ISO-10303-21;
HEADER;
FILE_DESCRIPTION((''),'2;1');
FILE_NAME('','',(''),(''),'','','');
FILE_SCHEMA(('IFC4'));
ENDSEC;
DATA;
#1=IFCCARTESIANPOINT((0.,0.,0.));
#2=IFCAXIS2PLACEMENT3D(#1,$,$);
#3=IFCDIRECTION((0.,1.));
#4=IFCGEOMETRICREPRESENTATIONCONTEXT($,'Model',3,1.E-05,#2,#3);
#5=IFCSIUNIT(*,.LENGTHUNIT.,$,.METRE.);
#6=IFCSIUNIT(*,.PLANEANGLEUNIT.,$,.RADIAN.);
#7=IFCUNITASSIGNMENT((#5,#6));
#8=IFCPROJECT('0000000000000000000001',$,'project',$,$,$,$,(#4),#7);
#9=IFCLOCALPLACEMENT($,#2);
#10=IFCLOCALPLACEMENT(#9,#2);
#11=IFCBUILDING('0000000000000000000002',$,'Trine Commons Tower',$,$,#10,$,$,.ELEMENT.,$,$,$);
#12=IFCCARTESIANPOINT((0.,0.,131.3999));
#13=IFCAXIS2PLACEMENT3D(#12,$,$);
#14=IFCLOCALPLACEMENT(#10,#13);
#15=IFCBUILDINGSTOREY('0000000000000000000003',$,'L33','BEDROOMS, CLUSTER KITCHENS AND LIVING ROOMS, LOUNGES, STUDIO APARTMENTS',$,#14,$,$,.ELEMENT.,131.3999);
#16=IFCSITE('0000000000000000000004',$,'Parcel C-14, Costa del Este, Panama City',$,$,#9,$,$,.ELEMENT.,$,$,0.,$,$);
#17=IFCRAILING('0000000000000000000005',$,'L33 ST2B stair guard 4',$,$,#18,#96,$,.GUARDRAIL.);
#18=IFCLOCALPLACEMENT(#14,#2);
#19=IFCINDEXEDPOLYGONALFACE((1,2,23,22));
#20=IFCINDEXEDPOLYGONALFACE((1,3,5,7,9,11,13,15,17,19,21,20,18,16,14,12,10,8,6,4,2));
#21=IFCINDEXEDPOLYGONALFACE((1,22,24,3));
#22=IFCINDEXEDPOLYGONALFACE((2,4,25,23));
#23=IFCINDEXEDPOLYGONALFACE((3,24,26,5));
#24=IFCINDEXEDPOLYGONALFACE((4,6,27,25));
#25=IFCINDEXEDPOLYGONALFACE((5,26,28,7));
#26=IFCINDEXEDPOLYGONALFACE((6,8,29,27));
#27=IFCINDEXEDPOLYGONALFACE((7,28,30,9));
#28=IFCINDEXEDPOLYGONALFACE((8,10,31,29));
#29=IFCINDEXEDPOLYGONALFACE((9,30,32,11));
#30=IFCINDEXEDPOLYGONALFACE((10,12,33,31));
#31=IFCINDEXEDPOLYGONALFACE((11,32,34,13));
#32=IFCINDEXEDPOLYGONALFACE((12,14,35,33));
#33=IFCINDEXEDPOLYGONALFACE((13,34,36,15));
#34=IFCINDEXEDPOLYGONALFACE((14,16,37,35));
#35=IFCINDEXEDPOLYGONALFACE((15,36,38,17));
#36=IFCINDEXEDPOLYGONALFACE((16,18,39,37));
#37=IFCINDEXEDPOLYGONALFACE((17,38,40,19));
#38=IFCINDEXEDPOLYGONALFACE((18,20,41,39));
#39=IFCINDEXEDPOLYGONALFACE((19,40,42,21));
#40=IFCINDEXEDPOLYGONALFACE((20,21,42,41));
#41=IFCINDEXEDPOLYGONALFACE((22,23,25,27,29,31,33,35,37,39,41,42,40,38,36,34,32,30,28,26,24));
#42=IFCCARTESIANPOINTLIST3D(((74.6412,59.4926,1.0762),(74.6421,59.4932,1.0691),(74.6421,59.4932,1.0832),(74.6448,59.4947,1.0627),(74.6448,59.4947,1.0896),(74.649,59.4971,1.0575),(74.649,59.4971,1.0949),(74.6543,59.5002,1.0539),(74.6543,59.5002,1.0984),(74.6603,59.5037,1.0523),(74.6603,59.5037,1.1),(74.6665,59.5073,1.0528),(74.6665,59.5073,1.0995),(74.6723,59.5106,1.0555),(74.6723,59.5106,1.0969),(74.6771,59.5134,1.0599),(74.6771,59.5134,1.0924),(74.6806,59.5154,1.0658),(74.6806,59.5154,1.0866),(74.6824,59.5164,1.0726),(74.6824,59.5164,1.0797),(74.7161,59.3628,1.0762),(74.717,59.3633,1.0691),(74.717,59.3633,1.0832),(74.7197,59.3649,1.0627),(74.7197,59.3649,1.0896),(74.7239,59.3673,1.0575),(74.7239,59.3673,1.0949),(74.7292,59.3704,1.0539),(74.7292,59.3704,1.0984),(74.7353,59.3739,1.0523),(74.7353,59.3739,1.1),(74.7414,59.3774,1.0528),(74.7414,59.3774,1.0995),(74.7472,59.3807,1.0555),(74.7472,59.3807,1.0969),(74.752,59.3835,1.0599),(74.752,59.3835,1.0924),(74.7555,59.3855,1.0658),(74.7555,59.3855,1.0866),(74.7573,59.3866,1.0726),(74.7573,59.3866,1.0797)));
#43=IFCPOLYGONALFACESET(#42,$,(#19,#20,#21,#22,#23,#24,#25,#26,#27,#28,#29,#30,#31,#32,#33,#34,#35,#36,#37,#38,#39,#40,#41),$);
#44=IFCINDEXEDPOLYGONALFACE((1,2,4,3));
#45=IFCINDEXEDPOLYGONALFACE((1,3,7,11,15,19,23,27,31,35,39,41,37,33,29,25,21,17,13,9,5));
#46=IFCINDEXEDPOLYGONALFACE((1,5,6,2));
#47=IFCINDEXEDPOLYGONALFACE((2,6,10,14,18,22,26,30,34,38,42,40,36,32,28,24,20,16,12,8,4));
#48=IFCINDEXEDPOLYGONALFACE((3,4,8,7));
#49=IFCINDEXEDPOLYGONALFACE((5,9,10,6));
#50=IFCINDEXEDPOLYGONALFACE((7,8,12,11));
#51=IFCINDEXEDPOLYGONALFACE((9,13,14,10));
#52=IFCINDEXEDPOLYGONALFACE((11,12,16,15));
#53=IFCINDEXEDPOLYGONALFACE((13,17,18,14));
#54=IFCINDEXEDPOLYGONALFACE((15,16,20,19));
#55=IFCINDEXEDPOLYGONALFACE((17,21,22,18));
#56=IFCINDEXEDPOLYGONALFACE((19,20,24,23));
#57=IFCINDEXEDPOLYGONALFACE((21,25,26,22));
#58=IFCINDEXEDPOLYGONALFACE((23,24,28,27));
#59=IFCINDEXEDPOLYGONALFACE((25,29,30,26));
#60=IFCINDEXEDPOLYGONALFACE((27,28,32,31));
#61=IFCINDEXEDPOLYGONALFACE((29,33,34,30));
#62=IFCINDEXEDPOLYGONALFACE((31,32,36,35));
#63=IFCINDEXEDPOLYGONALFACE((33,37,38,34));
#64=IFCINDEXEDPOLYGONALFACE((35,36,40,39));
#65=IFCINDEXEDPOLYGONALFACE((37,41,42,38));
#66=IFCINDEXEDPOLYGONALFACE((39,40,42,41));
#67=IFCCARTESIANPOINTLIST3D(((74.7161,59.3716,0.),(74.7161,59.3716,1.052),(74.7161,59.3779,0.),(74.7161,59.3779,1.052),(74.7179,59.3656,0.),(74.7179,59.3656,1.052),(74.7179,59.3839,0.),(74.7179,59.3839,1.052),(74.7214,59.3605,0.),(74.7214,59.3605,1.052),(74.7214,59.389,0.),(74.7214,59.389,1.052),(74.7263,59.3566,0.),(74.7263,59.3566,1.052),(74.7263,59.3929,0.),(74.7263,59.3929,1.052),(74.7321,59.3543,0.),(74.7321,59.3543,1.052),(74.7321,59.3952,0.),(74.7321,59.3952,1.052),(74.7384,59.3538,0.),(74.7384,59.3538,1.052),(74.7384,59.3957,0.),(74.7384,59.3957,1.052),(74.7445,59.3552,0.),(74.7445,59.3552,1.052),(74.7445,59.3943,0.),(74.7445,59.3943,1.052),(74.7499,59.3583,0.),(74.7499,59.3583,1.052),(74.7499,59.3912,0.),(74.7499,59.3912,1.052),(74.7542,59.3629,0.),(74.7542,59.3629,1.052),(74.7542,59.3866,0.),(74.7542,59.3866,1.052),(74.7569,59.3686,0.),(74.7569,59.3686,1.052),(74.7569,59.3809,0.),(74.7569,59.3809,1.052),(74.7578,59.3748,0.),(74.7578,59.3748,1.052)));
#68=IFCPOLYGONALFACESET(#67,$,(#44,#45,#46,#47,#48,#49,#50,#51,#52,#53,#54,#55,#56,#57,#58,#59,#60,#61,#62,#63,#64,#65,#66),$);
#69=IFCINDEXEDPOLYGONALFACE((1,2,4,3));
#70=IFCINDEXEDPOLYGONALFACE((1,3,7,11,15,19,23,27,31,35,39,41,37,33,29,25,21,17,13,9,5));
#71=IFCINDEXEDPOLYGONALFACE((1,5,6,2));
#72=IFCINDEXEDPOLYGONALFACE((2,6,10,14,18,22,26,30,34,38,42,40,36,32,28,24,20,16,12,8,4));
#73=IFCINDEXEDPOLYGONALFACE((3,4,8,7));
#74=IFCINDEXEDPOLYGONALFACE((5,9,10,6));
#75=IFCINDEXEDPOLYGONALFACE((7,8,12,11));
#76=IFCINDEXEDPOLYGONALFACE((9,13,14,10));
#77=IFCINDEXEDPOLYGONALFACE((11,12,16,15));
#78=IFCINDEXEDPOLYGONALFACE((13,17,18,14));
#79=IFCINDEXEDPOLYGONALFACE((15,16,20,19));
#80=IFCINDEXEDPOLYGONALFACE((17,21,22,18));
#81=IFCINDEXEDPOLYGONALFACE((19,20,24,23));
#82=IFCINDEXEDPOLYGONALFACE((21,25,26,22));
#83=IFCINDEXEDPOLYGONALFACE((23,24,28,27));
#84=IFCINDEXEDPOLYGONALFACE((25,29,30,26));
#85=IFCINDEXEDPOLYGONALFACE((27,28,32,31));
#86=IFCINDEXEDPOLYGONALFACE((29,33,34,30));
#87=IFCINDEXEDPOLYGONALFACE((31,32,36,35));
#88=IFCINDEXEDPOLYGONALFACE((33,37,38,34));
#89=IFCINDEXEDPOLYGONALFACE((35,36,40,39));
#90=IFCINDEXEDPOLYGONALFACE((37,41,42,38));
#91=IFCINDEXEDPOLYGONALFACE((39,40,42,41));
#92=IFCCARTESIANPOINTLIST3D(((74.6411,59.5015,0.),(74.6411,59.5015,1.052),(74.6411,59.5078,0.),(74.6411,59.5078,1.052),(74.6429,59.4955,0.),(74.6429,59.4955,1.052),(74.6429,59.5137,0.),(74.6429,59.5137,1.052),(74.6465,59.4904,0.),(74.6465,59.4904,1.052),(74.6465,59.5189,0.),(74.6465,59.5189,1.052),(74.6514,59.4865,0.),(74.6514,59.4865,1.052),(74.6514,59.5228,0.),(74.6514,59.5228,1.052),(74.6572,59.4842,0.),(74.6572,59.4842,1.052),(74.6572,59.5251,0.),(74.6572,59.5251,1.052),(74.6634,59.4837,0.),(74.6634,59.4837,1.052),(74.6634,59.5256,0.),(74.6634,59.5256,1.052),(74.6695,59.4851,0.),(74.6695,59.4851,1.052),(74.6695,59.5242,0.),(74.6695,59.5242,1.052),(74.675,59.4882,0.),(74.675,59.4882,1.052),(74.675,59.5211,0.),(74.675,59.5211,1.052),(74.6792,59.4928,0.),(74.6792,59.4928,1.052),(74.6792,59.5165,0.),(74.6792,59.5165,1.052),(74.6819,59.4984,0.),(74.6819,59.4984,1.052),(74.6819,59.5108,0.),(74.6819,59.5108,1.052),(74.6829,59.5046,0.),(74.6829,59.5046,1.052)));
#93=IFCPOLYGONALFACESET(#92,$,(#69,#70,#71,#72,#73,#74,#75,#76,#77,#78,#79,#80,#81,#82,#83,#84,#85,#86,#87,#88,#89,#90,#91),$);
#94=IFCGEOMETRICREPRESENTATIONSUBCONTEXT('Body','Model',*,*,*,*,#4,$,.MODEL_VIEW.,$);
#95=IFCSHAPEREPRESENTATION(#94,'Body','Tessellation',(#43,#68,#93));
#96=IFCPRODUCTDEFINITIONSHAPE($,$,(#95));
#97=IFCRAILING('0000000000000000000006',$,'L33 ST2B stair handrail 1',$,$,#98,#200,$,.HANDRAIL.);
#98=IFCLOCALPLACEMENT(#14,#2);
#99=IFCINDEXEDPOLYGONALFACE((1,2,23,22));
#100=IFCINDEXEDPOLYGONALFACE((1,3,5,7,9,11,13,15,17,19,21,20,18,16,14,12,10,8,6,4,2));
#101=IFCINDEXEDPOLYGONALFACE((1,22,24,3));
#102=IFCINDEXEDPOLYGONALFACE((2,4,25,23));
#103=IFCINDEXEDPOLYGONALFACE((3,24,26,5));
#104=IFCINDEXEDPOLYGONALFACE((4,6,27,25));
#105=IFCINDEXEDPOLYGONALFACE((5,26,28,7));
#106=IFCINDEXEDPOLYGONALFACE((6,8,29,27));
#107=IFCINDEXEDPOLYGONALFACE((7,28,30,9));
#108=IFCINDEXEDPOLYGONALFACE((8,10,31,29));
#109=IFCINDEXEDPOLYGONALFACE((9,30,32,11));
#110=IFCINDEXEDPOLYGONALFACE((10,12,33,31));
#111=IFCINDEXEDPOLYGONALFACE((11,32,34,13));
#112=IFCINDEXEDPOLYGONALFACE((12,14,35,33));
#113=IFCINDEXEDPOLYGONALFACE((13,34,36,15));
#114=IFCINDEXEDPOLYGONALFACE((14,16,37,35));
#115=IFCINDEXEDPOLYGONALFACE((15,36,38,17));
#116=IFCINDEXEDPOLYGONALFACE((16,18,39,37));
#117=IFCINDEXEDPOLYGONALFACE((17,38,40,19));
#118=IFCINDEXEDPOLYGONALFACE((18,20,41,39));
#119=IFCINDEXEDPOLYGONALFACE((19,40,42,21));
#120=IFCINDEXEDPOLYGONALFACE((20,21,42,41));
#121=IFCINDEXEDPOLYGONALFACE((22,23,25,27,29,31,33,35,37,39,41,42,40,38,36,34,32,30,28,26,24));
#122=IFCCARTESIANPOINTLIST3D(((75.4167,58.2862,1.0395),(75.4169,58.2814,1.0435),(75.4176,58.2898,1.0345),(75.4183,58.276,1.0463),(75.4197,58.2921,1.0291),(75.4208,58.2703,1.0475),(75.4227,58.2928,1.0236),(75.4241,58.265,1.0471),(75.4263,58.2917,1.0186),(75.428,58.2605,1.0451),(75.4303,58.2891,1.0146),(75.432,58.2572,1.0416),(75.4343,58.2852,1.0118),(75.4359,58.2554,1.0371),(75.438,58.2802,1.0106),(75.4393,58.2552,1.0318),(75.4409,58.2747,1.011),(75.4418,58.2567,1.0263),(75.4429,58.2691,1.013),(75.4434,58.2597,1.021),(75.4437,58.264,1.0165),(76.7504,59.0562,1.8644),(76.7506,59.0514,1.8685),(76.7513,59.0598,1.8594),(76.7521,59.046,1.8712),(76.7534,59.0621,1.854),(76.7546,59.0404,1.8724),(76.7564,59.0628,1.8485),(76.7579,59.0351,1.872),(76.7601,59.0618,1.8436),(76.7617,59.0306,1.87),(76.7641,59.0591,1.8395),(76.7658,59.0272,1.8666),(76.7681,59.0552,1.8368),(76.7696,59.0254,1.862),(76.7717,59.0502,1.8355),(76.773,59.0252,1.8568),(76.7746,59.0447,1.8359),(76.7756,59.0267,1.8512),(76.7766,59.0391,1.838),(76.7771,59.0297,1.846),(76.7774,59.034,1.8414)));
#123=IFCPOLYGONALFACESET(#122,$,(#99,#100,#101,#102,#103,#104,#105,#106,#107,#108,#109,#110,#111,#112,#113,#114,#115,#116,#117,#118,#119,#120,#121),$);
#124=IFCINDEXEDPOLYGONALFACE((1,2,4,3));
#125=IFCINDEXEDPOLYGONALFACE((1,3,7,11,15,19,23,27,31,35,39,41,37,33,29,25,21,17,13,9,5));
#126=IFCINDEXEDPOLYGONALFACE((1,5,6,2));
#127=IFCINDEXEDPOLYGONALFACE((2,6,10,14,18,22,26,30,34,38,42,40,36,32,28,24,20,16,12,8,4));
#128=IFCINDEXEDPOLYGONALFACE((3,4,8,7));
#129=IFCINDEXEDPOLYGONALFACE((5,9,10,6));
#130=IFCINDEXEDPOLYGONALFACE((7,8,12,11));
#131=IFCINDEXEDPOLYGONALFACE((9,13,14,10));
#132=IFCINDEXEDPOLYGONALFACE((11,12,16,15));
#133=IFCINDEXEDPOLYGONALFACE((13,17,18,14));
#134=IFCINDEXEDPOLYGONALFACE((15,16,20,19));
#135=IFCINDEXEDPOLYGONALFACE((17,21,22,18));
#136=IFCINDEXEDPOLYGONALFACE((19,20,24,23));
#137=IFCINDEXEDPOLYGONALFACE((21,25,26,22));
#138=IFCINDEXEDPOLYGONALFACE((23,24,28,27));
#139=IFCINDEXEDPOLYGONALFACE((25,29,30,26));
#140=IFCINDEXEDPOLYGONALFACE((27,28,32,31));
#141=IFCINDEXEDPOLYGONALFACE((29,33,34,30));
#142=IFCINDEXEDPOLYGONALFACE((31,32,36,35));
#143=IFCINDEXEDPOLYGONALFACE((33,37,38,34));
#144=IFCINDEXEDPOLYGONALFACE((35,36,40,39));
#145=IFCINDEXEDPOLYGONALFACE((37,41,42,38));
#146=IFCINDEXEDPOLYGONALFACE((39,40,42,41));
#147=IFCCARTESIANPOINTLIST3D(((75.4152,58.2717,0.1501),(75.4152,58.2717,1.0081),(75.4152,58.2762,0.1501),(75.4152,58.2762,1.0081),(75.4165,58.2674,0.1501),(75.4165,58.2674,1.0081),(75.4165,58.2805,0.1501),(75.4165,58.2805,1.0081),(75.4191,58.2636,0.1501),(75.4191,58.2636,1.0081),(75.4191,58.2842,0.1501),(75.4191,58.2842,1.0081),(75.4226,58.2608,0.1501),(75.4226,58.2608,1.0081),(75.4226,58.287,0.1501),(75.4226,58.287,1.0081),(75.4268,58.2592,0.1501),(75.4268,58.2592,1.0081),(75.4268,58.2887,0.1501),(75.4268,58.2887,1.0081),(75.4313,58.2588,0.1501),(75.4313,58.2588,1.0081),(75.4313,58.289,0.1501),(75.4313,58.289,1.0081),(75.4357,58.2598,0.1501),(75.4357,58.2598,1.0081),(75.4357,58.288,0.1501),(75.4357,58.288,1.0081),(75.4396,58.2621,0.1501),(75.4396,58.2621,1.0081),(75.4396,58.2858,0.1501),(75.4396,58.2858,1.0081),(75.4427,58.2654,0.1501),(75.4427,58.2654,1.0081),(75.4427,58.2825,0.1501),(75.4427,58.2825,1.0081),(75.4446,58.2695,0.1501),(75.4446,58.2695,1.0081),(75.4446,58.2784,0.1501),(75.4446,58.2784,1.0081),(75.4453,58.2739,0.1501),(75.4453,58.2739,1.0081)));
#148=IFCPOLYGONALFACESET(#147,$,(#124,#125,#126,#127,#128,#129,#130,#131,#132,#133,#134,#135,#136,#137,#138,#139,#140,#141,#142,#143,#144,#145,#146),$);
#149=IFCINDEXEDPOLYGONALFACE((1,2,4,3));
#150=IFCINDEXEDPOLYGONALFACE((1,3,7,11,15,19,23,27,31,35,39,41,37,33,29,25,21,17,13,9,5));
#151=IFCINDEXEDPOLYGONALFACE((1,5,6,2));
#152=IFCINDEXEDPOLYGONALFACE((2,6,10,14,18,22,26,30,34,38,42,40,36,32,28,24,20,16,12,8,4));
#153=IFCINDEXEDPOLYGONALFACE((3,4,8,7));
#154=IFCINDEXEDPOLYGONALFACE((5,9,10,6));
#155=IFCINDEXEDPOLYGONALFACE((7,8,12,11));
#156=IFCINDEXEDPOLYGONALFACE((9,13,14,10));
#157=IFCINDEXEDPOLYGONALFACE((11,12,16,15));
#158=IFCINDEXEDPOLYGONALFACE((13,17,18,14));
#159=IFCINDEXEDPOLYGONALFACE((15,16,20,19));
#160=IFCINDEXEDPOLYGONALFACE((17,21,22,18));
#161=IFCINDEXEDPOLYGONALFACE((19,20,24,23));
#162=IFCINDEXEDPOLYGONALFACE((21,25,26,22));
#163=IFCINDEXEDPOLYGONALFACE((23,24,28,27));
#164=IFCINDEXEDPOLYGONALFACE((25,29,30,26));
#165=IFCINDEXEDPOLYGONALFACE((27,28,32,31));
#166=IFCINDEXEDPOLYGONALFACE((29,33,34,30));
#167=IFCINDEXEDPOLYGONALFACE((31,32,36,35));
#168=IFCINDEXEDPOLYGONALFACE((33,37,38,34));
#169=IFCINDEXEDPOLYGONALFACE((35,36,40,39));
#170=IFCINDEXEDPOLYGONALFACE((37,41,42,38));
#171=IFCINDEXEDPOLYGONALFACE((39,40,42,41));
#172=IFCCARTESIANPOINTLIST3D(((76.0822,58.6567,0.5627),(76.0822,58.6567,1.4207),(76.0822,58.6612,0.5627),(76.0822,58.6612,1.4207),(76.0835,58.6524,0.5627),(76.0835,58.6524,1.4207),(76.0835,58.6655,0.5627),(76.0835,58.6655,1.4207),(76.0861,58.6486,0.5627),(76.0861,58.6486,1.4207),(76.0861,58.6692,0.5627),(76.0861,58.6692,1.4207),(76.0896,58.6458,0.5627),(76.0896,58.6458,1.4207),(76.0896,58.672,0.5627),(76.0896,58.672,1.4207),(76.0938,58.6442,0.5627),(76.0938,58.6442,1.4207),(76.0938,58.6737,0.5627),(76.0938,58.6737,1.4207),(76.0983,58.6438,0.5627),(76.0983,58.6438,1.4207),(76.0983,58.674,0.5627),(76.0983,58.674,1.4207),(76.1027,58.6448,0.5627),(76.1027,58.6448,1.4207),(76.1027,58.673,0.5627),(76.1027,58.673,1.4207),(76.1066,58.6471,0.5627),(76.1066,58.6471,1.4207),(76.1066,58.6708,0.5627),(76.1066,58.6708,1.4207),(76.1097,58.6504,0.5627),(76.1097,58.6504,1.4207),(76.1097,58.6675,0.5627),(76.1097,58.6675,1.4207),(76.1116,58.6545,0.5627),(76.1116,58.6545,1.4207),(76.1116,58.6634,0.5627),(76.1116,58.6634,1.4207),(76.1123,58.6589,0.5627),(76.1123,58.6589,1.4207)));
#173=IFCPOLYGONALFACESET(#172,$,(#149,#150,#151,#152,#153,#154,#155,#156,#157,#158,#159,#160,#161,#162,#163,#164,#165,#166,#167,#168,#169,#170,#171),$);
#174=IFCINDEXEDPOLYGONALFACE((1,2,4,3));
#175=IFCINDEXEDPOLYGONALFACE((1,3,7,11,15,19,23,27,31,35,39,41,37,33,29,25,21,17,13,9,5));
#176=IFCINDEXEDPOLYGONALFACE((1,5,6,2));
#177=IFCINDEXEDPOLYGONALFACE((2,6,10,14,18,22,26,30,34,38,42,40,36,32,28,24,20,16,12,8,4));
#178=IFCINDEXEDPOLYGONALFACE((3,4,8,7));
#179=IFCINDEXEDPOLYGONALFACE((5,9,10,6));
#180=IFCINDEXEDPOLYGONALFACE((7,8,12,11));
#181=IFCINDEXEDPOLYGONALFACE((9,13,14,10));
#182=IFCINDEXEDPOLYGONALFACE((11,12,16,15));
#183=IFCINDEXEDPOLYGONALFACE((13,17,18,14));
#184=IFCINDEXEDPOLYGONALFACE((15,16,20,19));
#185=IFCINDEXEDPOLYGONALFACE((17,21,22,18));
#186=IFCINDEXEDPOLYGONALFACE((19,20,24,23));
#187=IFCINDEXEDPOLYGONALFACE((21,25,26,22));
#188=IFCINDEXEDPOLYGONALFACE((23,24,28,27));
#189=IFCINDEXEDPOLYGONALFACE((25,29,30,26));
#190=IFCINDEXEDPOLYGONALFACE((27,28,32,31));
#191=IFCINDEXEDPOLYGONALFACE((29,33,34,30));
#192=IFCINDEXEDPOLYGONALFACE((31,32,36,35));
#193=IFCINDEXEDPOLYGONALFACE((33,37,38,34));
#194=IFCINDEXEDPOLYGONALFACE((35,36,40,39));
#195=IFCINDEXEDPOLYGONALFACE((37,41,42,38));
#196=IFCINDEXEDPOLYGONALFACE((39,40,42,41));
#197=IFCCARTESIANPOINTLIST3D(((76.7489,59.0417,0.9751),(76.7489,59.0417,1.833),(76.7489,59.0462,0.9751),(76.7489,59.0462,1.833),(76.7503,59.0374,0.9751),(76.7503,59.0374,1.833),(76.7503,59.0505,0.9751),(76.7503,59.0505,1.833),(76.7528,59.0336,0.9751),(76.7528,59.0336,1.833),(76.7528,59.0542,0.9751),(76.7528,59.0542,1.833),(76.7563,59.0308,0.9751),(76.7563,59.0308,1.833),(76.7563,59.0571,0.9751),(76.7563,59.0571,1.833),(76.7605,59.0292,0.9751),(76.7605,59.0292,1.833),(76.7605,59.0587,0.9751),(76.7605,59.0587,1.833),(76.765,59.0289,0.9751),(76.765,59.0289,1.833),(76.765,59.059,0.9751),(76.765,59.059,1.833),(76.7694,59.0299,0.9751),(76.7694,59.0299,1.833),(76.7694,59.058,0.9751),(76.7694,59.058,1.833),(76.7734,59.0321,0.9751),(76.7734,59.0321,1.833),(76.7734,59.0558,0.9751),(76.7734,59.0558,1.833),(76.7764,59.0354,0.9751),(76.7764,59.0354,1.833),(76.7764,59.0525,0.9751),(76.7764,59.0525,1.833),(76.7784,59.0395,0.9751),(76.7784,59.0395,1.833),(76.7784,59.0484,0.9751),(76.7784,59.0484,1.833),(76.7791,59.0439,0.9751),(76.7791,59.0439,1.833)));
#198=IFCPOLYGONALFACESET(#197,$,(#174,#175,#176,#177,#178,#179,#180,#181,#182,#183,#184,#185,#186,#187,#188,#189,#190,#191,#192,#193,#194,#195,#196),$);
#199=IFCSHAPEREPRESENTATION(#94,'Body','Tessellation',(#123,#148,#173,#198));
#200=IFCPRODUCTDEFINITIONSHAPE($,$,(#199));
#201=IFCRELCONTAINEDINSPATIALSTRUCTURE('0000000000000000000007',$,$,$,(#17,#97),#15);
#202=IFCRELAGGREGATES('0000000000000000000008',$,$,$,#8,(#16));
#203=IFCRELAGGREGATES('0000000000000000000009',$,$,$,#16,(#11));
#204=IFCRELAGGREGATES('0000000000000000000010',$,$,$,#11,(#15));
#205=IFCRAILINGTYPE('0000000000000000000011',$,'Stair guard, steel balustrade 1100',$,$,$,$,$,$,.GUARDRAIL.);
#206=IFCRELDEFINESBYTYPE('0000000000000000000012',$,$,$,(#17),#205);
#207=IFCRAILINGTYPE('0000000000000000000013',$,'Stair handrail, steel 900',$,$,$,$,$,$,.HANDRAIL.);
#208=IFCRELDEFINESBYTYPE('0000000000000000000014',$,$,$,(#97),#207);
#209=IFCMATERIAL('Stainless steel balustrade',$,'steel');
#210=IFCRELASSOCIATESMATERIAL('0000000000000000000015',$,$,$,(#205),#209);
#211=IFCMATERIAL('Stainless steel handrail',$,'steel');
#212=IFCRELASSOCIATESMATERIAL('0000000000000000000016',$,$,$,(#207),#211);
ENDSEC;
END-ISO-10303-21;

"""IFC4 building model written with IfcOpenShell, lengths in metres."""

from ifc_helpers import new_model, si_unit, direction, frame, origin, origin_2d, place, context, subcontext, project, spatial, circle, extrude, material, type_object, element, save


model = new_model("IFC4")

# Units and contexts
model_context = context("Model", 3, precision=1e-05, world=origin(), true_north=direction((0.0, 1.0)))
body_context = subcontext(model_context, "Body", "Model", "MODEL_VIEW")
ifc_project = project(units=[si_unit("LENGTHUNIT", "METRE"), si_unit("PLANEANGLEUNIT", "RADIAN")], contexts=[model_context])

# Site, building, storey
site_placement = place(None, origin())
site = spatial("IfcSite", under=ifc_project, at=site_placement, Name="Parcel C-14, Costa del Este, Panama City", CompositionType="ELEMENT", RefElevation=0.0)
building_placement = place(site_placement, origin())
building = spatial("IfcBuilding", under=site, at=building_placement, Name="Trine Commons Tower", CompositionType="ELEMENT")
storey_placement = place(building_placement, frame((0.0, 0.0, 131.3999)))
storey = spatial("IfcBuildingStorey", under=building, at=storey_placement, Name="L33", Description="BEDROOMS, CLUSTER KITCHENS AND LIVING ROOMS, LOUNGES, STUDIO APARTMENTS", CompositionType="ELEMENT", Elevation=131.3999)

# Railings
ifc_material_1 = material(Name="Stainless steel balustrade", Category="steel")
railing_type_1 = type_object("IfcRailingType", Name="Stair guard, steel balustrade 1100", PredefinedType="GUARDRAIL", material=ifc_material_1)
railing_1_placement = place(storey_placement, frame((74.7368, 59.3748, 0.0)))
element("IfcRailing", 1, at=railing_1_placement, inside=storey, type_object=railing_type_1, Name="L33 ST2B stair guard 4", PredefinedType="GUARDRAIL", context=body_context, shape_type="SweptSolid", body=[
    extrude(circle(Radius=0.0239, at=origin_2d()), frame((0.0, 0.0, 1.0762), z_axis=(-0.499816, 0.866131, 0.0), x_axis=(-0.866131, -0.499816, 0.0)), (0.0, 0.0, 1.0), 0.1499),
    extrude(circle(Radius=0.021, at=origin_2d()), origin(), (0.0, 0.0, 1.0), 1.052),
    extrude(circle(Radius=0.021, at=origin_2d()), frame((-0.075, 0.1299, 0.0)), (0.0, 0.0, 1.0), 1.052),
])
ifc_material_2 = material(Name="Stainless steel handrail", Category="steel")
railing_type_2 = type_object("IfcRailingType", Name="Stair handrail, steel 900", PredefinedType="HANDRAIL", material=ifc_material_2)
for number, where, name in (
    (2, (75.4302, 58.2739, 0.1501), "L33 ST2B stair handrail 1"),
):
    element("IfcRailing", number, at=place(storey_placement, frame(where)), inside=storey, type_object=railing_type_2, Name=name, PredefinedType="HANDRAIL", context=body_context, shape_type="SweptSolid", body=[
        extrude(circle(Radius=0.021, at=origin_2d()), frame((0.0, 0.0, 0.8789), z_axis=(0.763405, 0.440743, 0.472185), x_axis=(-0.499992, 0.86603, 0.0)), (0.0, 0.0, 1.0), 1.7471),
        extrude(circle(Radius=0.0151, at=origin_2d()), origin(), (0.0, 0.0, 1.0), 0.8579),
        extrude(circle(Radius=0.0151, at=origin_2d()), frame((0.667, 0.385, 0.4126)), (0.0, 0.0, 1.0), 0.8579),
        extrude(circle(Radius=0.0151, at=origin_2d()), frame((1.3337, 0.77, 0.825)), (0.0, 0.0, 1.0), 0.8579),
    ])

save(model, "model.ifc")
